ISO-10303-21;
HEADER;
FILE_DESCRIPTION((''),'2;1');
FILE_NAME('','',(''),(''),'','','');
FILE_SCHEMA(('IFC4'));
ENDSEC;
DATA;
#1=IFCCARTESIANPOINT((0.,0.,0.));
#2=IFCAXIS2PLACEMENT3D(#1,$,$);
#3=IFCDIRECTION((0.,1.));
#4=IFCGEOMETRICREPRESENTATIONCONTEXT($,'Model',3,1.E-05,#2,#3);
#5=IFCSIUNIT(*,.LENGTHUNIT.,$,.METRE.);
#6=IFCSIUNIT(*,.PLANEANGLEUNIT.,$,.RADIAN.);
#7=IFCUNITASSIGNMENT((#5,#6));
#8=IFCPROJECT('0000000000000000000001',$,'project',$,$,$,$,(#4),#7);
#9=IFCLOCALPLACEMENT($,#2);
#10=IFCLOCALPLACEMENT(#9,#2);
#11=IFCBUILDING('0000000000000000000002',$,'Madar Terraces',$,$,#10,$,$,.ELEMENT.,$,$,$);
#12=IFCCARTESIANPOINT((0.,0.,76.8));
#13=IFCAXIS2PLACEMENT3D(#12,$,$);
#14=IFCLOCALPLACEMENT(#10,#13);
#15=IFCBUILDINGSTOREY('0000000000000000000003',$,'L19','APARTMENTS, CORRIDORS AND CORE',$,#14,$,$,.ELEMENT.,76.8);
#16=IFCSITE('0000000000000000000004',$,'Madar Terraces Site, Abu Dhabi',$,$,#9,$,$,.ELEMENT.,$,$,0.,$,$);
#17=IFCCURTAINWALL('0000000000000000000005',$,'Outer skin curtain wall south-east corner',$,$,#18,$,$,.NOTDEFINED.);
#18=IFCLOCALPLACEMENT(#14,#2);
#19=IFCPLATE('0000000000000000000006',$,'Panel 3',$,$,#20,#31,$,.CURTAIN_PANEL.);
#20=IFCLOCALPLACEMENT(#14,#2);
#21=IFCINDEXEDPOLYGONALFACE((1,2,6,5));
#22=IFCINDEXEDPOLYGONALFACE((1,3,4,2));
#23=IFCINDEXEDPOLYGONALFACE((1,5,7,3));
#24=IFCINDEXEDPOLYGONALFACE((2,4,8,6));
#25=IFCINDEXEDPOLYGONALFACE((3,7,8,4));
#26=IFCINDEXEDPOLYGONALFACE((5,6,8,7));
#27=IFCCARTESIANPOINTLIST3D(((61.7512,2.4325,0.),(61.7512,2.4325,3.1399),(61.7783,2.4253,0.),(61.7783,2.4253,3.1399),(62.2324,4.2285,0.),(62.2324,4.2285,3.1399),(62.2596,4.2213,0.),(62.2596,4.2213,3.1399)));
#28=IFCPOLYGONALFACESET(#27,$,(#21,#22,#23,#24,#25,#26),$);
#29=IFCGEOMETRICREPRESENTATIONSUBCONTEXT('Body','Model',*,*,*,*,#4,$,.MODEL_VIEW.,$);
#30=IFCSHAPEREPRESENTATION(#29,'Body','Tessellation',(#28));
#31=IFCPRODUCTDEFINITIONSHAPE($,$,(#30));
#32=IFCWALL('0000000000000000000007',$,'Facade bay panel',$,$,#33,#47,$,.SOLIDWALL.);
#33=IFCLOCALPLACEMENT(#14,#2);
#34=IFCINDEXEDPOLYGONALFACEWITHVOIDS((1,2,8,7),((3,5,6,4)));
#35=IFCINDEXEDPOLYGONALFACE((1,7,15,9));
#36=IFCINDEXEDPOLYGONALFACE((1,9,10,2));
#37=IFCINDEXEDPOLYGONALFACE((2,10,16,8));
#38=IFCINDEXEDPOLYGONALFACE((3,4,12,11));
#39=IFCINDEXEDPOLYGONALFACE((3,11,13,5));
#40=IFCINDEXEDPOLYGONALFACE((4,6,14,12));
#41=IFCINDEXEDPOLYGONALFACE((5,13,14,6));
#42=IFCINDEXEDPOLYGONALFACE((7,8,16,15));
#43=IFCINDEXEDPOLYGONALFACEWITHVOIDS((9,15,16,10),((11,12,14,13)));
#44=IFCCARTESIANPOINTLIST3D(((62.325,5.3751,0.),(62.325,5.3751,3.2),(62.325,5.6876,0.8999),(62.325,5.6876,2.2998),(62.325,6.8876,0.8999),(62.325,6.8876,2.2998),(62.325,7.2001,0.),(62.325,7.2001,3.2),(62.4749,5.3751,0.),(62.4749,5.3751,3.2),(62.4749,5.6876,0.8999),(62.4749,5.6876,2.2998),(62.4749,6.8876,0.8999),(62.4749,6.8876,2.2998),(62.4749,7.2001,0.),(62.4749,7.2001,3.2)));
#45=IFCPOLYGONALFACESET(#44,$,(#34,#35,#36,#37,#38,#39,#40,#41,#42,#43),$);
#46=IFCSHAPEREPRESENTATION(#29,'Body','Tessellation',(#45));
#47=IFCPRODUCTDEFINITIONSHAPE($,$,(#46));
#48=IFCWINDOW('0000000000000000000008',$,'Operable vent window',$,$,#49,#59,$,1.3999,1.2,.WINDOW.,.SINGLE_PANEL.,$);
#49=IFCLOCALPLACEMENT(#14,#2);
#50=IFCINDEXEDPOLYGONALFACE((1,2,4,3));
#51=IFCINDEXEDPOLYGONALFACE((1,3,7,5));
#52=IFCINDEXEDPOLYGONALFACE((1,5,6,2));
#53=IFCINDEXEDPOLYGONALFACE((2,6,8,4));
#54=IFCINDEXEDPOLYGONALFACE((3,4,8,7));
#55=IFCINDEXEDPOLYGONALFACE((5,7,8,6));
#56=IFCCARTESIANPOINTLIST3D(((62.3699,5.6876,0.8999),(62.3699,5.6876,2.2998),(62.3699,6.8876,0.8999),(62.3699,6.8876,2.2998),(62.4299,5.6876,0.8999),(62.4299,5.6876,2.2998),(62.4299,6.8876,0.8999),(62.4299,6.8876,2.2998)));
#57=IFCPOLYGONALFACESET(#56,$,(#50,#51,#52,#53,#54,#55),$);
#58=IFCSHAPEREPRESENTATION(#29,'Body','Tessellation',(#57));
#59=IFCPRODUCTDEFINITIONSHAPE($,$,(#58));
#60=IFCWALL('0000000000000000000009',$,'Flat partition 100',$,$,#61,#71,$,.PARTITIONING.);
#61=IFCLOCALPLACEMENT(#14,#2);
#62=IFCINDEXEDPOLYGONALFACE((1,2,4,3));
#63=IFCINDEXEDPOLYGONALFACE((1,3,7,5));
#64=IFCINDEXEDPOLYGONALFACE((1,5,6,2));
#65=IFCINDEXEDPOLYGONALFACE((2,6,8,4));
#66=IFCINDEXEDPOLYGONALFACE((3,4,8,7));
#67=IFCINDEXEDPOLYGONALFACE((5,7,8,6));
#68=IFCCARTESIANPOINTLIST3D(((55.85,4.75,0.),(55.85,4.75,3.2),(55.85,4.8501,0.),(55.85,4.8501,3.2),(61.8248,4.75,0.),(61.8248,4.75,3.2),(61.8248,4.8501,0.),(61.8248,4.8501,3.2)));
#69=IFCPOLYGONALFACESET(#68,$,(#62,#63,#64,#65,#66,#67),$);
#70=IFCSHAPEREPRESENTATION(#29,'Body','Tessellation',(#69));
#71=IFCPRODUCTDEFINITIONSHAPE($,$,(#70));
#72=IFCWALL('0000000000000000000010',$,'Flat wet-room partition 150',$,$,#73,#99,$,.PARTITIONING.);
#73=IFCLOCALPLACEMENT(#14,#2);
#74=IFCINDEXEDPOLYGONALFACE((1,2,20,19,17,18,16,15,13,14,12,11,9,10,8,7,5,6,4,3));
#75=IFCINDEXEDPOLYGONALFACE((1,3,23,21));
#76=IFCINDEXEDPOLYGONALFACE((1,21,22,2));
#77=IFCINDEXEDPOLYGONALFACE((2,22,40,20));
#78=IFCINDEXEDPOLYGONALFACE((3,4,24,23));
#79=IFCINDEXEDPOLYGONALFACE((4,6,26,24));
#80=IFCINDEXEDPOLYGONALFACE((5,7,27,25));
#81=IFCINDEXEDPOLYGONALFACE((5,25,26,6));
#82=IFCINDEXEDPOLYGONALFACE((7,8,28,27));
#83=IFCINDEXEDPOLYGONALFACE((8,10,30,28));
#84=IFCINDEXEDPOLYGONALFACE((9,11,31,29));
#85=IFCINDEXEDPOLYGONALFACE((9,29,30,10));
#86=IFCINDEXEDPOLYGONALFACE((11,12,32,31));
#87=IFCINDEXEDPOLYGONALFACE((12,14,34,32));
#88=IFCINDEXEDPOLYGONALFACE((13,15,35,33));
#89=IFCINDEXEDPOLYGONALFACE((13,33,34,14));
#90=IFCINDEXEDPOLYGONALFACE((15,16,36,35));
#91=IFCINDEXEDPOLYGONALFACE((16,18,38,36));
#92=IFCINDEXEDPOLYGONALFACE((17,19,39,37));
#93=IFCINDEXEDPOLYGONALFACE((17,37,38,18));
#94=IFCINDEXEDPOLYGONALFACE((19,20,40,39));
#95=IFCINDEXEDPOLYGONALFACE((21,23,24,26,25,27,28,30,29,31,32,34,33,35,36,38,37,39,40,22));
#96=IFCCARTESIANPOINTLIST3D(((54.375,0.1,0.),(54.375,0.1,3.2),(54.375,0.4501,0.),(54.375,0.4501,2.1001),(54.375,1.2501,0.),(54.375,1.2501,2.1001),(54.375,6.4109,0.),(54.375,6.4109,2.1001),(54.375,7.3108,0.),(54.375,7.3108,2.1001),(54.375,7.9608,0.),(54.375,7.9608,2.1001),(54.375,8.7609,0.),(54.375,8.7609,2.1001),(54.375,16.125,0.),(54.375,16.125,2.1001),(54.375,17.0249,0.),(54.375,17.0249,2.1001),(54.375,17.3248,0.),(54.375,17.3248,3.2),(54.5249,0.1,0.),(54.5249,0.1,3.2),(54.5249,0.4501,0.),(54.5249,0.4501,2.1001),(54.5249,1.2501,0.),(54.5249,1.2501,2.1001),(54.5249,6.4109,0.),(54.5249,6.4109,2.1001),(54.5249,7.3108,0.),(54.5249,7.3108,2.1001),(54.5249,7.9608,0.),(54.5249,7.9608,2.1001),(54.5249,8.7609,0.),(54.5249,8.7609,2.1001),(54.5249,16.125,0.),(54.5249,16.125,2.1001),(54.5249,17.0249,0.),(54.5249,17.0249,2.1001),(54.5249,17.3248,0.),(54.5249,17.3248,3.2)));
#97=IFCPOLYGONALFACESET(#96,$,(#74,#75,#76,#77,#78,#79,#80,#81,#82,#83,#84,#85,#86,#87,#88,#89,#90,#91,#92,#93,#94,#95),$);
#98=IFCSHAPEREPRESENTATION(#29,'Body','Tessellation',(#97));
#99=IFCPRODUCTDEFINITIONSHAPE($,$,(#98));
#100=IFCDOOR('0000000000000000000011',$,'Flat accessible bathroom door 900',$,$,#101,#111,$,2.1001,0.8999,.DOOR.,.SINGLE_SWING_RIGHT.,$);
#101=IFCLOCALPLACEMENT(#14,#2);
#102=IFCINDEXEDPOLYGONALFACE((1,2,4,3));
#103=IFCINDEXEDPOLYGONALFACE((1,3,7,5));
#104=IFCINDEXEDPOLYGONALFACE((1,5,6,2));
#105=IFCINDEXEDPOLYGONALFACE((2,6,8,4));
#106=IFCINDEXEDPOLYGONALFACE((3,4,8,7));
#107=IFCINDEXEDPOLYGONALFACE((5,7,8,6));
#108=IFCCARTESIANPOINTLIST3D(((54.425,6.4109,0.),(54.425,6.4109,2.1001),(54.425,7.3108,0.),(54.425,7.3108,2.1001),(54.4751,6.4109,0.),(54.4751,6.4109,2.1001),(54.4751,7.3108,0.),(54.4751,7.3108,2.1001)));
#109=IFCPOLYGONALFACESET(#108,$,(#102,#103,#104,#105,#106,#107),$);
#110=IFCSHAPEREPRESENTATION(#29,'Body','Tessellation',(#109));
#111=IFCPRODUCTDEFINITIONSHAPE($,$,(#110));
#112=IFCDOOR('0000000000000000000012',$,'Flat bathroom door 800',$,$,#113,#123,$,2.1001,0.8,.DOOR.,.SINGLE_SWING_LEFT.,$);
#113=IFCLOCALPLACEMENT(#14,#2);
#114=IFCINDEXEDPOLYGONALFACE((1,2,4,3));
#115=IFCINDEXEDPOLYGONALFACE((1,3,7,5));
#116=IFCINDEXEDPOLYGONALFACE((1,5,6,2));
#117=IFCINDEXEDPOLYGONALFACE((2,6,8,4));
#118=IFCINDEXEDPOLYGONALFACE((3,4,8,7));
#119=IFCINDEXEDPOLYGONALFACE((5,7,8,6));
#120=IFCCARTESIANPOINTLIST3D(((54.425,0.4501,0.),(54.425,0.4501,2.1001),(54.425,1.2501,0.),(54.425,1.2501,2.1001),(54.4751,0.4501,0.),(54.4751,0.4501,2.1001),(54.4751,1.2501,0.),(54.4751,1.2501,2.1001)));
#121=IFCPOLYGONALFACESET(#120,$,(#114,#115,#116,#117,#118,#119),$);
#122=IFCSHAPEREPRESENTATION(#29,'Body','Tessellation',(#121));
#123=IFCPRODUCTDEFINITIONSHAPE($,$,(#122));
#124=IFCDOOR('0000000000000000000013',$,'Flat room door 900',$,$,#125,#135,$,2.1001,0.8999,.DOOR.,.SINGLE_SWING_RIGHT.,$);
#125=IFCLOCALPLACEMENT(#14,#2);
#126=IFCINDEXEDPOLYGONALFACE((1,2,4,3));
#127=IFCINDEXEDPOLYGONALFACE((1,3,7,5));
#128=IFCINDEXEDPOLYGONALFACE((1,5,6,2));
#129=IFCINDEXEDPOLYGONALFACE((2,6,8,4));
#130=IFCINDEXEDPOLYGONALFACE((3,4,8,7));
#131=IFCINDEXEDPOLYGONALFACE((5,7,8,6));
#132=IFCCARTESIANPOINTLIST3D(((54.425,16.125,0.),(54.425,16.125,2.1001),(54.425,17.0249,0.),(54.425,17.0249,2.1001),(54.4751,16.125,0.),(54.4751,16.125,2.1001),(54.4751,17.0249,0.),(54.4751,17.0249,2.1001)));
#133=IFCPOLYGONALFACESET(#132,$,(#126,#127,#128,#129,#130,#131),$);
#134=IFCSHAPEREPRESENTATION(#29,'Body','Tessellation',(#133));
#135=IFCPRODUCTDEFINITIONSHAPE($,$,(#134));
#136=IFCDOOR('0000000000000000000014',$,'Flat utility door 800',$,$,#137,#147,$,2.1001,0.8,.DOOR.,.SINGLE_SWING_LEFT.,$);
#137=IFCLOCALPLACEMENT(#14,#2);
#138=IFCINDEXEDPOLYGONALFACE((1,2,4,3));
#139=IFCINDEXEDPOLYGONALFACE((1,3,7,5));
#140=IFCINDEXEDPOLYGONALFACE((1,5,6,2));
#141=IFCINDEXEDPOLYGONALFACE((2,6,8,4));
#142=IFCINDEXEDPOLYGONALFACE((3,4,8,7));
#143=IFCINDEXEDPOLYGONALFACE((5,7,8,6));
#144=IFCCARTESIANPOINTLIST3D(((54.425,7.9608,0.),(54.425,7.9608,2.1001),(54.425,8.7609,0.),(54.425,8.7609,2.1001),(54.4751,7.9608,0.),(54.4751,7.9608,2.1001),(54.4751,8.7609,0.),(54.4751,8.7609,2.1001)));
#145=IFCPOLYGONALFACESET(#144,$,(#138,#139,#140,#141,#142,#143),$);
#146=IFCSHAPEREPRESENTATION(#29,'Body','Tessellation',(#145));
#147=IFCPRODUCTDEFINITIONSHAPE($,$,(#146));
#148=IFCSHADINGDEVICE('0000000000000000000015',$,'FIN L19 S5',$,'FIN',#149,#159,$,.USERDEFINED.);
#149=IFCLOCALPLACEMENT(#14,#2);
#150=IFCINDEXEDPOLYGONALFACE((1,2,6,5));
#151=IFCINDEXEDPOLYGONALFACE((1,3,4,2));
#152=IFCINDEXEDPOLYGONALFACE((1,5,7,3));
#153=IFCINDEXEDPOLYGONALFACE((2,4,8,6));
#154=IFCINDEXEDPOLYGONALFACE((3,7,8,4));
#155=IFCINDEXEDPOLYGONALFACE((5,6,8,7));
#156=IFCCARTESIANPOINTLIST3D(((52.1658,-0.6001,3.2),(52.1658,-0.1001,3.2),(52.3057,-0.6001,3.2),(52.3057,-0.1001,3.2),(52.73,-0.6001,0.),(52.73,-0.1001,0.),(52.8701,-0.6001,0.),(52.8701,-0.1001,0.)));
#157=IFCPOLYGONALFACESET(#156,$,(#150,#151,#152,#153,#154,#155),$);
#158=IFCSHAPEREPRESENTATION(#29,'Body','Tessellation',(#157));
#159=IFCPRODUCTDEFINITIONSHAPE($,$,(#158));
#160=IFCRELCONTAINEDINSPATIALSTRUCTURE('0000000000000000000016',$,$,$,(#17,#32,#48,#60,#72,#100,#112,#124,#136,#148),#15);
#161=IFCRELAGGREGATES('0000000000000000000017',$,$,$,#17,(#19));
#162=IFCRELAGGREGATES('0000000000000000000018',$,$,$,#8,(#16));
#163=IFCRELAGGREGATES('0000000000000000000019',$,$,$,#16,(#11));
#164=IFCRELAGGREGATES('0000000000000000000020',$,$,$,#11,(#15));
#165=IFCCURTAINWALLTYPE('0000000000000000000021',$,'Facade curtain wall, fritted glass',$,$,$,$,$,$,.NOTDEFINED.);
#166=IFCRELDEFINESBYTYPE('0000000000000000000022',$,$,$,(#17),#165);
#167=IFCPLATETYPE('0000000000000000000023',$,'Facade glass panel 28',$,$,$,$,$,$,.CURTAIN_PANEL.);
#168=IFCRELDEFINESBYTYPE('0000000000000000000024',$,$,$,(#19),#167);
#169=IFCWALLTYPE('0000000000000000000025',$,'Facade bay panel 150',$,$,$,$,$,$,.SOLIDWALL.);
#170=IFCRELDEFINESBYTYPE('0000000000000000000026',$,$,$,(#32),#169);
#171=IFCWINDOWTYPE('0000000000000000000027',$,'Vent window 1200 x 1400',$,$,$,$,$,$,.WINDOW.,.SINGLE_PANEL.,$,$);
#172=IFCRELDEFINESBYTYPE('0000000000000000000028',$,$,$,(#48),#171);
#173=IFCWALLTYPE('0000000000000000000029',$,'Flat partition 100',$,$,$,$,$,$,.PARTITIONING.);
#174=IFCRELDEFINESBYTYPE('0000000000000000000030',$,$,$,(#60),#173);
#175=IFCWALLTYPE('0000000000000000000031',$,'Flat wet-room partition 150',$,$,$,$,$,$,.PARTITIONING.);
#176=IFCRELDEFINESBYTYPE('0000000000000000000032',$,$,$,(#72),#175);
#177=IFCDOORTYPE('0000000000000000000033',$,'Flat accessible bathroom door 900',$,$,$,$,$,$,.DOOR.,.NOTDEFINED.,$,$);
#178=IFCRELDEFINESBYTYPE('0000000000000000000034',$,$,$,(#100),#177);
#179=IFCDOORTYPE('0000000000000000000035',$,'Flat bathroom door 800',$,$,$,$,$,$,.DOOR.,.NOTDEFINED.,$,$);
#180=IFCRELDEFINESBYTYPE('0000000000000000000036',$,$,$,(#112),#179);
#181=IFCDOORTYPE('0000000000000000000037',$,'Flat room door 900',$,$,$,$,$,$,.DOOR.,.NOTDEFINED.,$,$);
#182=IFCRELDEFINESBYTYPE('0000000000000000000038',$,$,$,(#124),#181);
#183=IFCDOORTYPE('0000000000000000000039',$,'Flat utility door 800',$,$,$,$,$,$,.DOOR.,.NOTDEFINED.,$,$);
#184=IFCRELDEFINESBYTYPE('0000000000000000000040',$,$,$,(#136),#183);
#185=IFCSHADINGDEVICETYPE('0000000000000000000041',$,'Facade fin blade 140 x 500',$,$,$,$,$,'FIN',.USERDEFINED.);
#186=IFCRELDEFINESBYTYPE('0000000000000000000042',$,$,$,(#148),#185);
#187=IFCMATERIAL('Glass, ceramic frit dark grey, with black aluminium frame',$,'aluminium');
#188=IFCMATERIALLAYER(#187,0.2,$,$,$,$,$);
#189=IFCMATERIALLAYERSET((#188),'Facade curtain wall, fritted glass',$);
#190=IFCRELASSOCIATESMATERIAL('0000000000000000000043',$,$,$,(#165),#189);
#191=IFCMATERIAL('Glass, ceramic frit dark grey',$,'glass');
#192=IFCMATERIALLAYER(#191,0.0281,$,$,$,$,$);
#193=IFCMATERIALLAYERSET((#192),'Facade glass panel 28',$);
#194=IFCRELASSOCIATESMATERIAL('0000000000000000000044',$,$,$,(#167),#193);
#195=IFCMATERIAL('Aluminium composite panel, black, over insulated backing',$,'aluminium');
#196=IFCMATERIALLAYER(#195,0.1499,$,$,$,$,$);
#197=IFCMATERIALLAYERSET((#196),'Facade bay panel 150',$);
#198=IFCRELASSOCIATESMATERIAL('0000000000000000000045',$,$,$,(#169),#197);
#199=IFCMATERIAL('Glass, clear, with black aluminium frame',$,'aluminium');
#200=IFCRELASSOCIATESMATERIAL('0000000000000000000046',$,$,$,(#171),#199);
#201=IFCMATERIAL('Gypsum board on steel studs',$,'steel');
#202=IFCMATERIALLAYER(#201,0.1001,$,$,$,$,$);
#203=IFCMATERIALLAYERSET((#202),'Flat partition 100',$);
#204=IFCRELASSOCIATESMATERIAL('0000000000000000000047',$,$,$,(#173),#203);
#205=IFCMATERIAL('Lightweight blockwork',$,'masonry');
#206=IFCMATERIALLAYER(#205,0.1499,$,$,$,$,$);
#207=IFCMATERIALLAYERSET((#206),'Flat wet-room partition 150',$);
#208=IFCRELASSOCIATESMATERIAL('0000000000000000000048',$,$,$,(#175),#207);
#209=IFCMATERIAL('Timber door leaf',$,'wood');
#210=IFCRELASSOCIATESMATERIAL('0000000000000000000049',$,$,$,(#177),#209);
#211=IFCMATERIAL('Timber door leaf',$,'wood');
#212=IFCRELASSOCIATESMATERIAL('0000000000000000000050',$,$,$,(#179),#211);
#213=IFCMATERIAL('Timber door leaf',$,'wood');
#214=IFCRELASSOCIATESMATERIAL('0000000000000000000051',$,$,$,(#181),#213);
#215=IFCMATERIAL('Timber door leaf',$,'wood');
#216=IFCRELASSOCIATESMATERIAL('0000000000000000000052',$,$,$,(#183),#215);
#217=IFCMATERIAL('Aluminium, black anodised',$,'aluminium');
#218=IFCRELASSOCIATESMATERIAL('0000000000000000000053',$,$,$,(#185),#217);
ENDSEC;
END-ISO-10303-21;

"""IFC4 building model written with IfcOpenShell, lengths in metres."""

from ifc_helpers import new_model, si_unit, direction, frame, frame_2d, origin, origin_2d, place, context, subcontext, project, spatial, polyline, rectangle, outline, extrude, material, layer, layer_set, type_object, element, fill, aggregate, save


model = new_model("IFC4")

# Units and contexts
model_context = context("Model", 3, precision=1e-05, world=origin(), true_north=direction((0.0, 1.0)))
body_context = subcontext(model_context, "Body", "Model", "MODEL_VIEW")
ifc_project = project(units=[si_unit("LENGTHUNIT", "METRE"), si_unit("PLANEANGLEUNIT", "RADIAN")], contexts=[model_context])

# Site, building, storey
site_placement = place(None, origin())
site = spatial("IfcSite", under=ifc_project, at=site_placement, Name="Madar Terraces Site, Abu Dhabi", CompositionType="ELEMENT", RefElevation=0.0)
building_placement = place(site_placement, origin())
building = spatial("IfcBuilding", under=site, at=building_placement, Name="Madar Terraces", CompositionType="ELEMENT")
storey_placement = place(building_placement, frame((0.0, 0.0, 76.8)))
storey = spatial("IfcBuildingStorey", under=building, at=storey_placement, Name="L19", Description="APARTMENTS, CORRIDORS AND CORE", CompositionType="ELEMENT", Elevation=76.8)

# Shared definitions
ifc_material_1 = material(Name="Glass, ceramic frit dark grey, with black aluminium frame", Category="aluminium")
ifc_layer_1 = layer(ifc_material_1, 0.2)
ifc_layer_set_1 = layer_set([ifc_layer_1], Name="Facade curtain wall, fritted glass")
curtain_wall_type = type_object("IfcCurtainWallType", Name="Facade curtain wall, fritted glass", PredefinedType="NOTDEFINED", material=ifc_layer_set_1)

# Curtain wall
curtain_wall_1_placement = place(storey_placement, origin())
curtain_wall_1 = element("IfcCurtainWall", 1, at=curtain_wall_1_placement, inside=storey, type_object=curtain_wall_type, Name="Outer skin curtain wall south-east corner", PredefinedType="NOTDEFINED")

# Plate
ifc_material_2 = material(Name="Glass, ceramic frit dark grey", Category="glass")
ifc_layer_2 = layer(ifc_material_2, 0.0281)
ifc_layer_set_2 = layer_set([ifc_layer_2], Name="Facade glass panel 28")
plate_type = type_object("IfcPlateType", Name="Facade glass panel 28", PredefinedType="CURTAIN_PANEL", material=ifc_layer_set_2)
plate_1_placement = place(storey_placement, frame((62.0054, 3.3269, 0.0), z_axis=(0.0, 0.0, 1.0), x_axis=(0.258819, 0.965926, 0.0)))
plate_1 = element("IfcPlate", 2, at=plate_1_placement, type_object=plate_type, Name="Panel 3", PredefinedType="CURTAIN_PANEL", context=body_context, shape_type="SweptSolid", body=[
    extrude(rectangle(XDim=1.8594, YDim=0.0281, at=origin_2d()), origin(), (0.0, 0.0, 1.0), 3.1399),
])
aggregate(curtain_wall_1, [plate_1])

# Wall, opening, window
ifc_material_3 = material(Name="Aluminium composite panel, black, over insulated backing", Category="aluminium")
ifc_layer_3 = layer(ifc_material_3, 0.1499)
ifc_layer_set_3 = layer_set([ifc_layer_3], Name="Facade bay panel 150")
wall_type_1 = type_object("IfcWallType", Name="Facade bay panel 150", PredefinedType="SOLIDWALL", material=ifc_layer_set_3)
wall_1_placement = place(storey_placement, frame((62.3999, 5.375, 0.0), z_axis=(0.0, 0.0, 1.0), x_axis=(0.0, 1.0, 0.0)))
wall_1 = element("IfcWall", 3, at=wall_1_placement, inside=storey, type_object=wall_type_1, Name="Facade bay panel", PredefinedType="SOLIDWALL", context=body_context, shape_type="SweptSolid", body=[
    extrude(rectangle(XDim=1.825, YDim=0.1499, at=frame_2d((0.9126, 0.0))), origin(), (0.0, 0.0, 1.0), 3.2),
])
opening_1_placement = place(wall_1_placement, frame((0.3125, 0.0, 0.8999)))
opening_1 = element("IfcOpeningElement", 4, at=opening_1_placement, cuts=wall_1, PredefinedType="OPENING", context=body_context, shape_type="SweptSolid", body=[
    extrude(rectangle(XDim=1.2, YDim=1.3999, at=frame_2d((0.6001, 0.7))), frame((0.0, 0.085, 0.0), z_axis=(0.0, -1.0, 0.0), x_axis=(1.0, 0.0, 0.0)), (0.0, 0.0, 1.0), 0.1699),
])
ifc_material_4 = material(Name="Glass, clear, with black aluminium frame", Category="aluminium")
window_type = type_object("IfcWindowType", Name="Vent window 1200 x 1400", PartitioningType="SINGLE_PANEL", PredefinedType="WINDOW", material=ifc_material_4)
window_placement = place(opening_1_placement, origin())
window = element("IfcWindow", 5, at=window_placement, inside=storey, type_object=window_type, Name="Operable vent window", OverallHeight=1.3999, OverallWidth=1.2, PartitioningType="SINGLE_PANEL", PredefinedType="WINDOW", context=body_context, shape_type="SweptSolid", body=[
    extrude(rectangle(XDim=1.2, YDim=1.3999, at=frame_2d((0.6001, 0.7))), frame((0.0, 0.03, 0.0), z_axis=(0.0, -1.0, 0.0), x_axis=(1.0, 0.0, 0.0)), (0.0, 0.0, 1.0), 0.0601),
])
fill(opening_1, window)

# Wall
ifc_material_5 = material(Name="Gypsum board on steel studs", Category="steel")
ifc_layer_4 = layer(ifc_material_5, 0.1001)
ifc_layer_set_4 = layer_set([ifc_layer_4], Name="Flat partition 100")
wall_type_2 = type_object("IfcWallType", Name="Flat partition 100", PredefinedType="PARTITIONING", material=ifc_layer_set_4)
wall_2_placement = place(storey_placement, frame((55.8501, 4.8, 0.0), z_axis=(0.0, 0.0, 1.0), x_axis=(1.0, 0.0, 0.0)))
element("IfcWall", 6, at=wall_2_placement, inside=storey, type_object=wall_type_2, Name="Flat partition 100", PredefinedType="PARTITIONING", context=body_context, shape_type="SweptSolid", body=[
    extrude(rectangle(XDim=5.9749, YDim=0.1001, at=frame_2d((2.9873, 0.0))), origin(), (0.0, 0.0, 1.0), 3.2),
])

# Wall, openings, doors
ifc_material_6 = material(Name="Lightweight blockwork", Category="masonry")
ifc_layer_5 = layer(ifc_material_6, 0.1499)
ifc_layer_set_5 = layer_set([ifc_layer_5], Name="Flat wet-room partition 150")
wall_type_3 = type_object("IfcWallType", Name="Flat wet-room partition 150", PredefinedType="PARTITIONING", material=ifc_layer_set_5)
wall_3_placement = place(storey_placement, frame((54.45, 0.1001, 0.0), z_axis=(0.0, 0.0, 1.0), x_axis=(0.0, 1.0, 0.0)))
wall_3 = element("IfcWall", 7, at=wall_3_placement, inside=storey, type_object=wall_type_3, Name="Flat wet-room partition 150", PredefinedType="PARTITIONING", context=body_context, shape_type="SweptSolid", body=[
    extrude(rectangle(XDim=17.2249, YDim=0.1499, at=frame_2d((8.6123, 0.0))), origin(), (0.0, 0.0, 1.0), 3.2),
])
opening_2_placement = place(wall_3_placement, frame((16.0249, 0.0, 0.0)))
opening_2 = element("IfcOpeningElement", 8, at=opening_2_placement, cuts=wall_3, PredefinedType="OPENING", context=body_context, shape_type="SweptSolid", body=[
    extrude(rectangle(XDim=0.8999, YDim=2.1001, at=frame_2d((0.45, 1.05))), frame((0.0, 0.085, 0.0), z_axis=(0.0, -1.0, 0.0), x_axis=(1.0, 0.0, 0.0)), (0.0, 0.0, 1.0), 0.1699),
])
opening_3_placement = place(wall_3_placement, frame((7.8608, 0.0, 0.0)))
opening_3 = element("IfcOpeningElement", 9, at=opening_3_placement, cuts=wall_3, PredefinedType="OPENING", context=body_context, shape_type="SweptSolid", body=[
    extrude(rectangle(XDim=0.8, YDim=2.1001, at=frame_2d((0.3999, 1.05))), frame((0.0, 0.085, 0.0), z_axis=(0.0, -1.0, 0.0), x_axis=(1.0, 0.0, 0.0)), (0.0, 0.0, 1.0), 0.1699),
])
opening_4_placement = place(wall_3_placement, frame((6.3108, 0.0, 0.0)))
opening_4 = element("IfcOpeningElement", 10, at=opening_4_placement, cuts=wall_3, PredefinedType="OPENING", context=body_context, shape_type="SweptSolid", body=[
    extrude(rectangle(XDim=0.8999, YDim=2.1001, at=frame_2d((0.45, 1.05))), frame((0.0, 0.085, 0.0), z_axis=(0.0, -1.0, 0.0), x_axis=(1.0, 0.0, 0.0)), (0.0, 0.0, 1.0), 0.1699),
])
opening_5_placement = place(wall_3_placement, frame((0.3501, 0.0, 0.0)))
opening_5 = element("IfcOpeningElement", 11, at=opening_5_placement, cuts=wall_3, PredefinedType="OPENING", context=body_context, shape_type="SweptSolid", body=[
    extrude(rectangle(XDim=0.8, YDim=2.1001, at=frame_2d((0.3999, 1.05))), frame((0.0, 0.085, 0.0), z_axis=(0.0, -1.0, 0.0), x_axis=(1.0, 0.0, 0.0)), (0.0, 0.0, 1.0), 0.1699),
])
ifc_material_7 = material(Name="Timber door leaf", Category="wood")
door_type_1 = type_object("IfcDoorType", Name="Flat accessible bathroom door 900", OperationType="NOTDEFINED", PredefinedType="DOOR", material=ifc_material_7)
door_1_placement = place(opening_4_placement, origin())
door_1 = element("IfcDoor", 12, at=door_1_placement, inside=storey, type_object=door_type_1, Name="Flat accessible bathroom door 900", OperationType="SINGLE_SWING_RIGHT", OverallHeight=2.1001, OverallWidth=0.8999, PredefinedType="DOOR", context=body_context, shape_type="SweptSolid", body=[
    extrude(rectangle(XDim=0.8999, YDim=2.1001, at=frame_2d((0.45, 1.05))), frame((0.0, 0.0249, 0.0), z_axis=(0.0, -1.0, 0.0), x_axis=(1.0, 0.0, 0.0)), (0.0, 0.0, 1.0), 0.05),
])
fill(opening_4, door_1)
ifc_material_8 = material(Name="Timber door leaf", Category="wood")
door_type_2 = type_object("IfcDoorType", Name="Flat bathroom door 800", OperationType="NOTDEFINED", PredefinedType="DOOR", material=ifc_material_8)
door_2_placement = place(opening_5_placement, origin())
door_2 = element("IfcDoor", 13, at=door_2_placement, inside=storey, type_object=door_type_2, Name="Flat bathroom door 800", OperationType="SINGLE_SWING_LEFT", OverallHeight=2.1001, OverallWidth=0.8, PredefinedType="DOOR", context=body_context, shape_type="SweptSolid", body=[
    extrude(rectangle(XDim=0.8, YDim=2.1001, at=frame_2d((0.3999, 1.05))), frame((0.0, 0.0249, 0.0), z_axis=(0.0, -1.0, 0.0), x_axis=(1.0, 0.0, 0.0)), (0.0, 0.0, 1.0), 0.05),
])
fill(opening_5, door_2)
ifc_material_9 = material(Name="Timber door leaf", Category="wood")
door_type_3 = type_object("IfcDoorType", Name="Flat room door 900", OperationType="NOTDEFINED", PredefinedType="DOOR", material=ifc_material_9)
door_3_placement = place(opening_2_placement, origin())
door_3 = element("IfcDoor", 14, at=door_3_placement, inside=storey, type_object=door_type_3, Name="Flat room door 900", OperationType="SINGLE_SWING_RIGHT", OverallHeight=2.1001, OverallWidth=0.8999, PredefinedType="DOOR", context=body_context, shape_type="SweptSolid", body=[
    extrude(rectangle(XDim=0.8999, YDim=2.1001, at=frame_2d((0.45, 1.05))), frame((0.0, 0.0249, 0.0), z_axis=(0.0, -1.0, 0.0), x_axis=(1.0, 0.0, 0.0)), (0.0, 0.0, 1.0), 0.05),
])
fill(opening_2, door_3)
ifc_material_10 = material(Name="Timber door leaf", Category="wood")
door_type_4 = type_object("IfcDoorType", Name="Flat utility door 800", OperationType="NOTDEFINED", PredefinedType="DOOR", material=ifc_material_10)
door_4_placement = place(opening_3_placement, origin())
door_4 = element("IfcDoor", 15, at=door_4_placement, inside=storey, type_object=door_type_4, Name="Flat utility door 800", OperationType="SINGLE_SWING_LEFT", OverallHeight=2.1001, OverallWidth=0.8, PredefinedType="DOOR", context=body_context, shape_type="SweptSolid", body=[
    extrude(rectangle(XDim=0.8, YDim=2.1001, at=frame_2d((0.3999, 1.05))), frame((0.0, 0.0249, 0.0), z_axis=(0.0, -1.0, 0.0), x_axis=(1.0, 0.0, 0.0)), (0.0, 0.0, 1.0), 0.05),
])
fill(opening_3, door_4)

# Shading device
ifc_material_11 = material(Name="Aluminium, black anodised", Category="aluminium")
shading_device_type = type_object("IfcShadingDeviceType", Name="Facade fin blade 140 x 500", ElementType="FIN", PredefinedType="USERDEFINED", material=ifc_material_11)
shading_device_1_placement = place(storey_placement, frame((52.73, -0.3501, 0.0), z_axis=(0.0, 0.0, 1.0), x_axis=(1.0, 0.0, 0.0)))
element("IfcShadingDevice", 16, at=shading_device_1_placement, inside=storey, type_object=shading_device_type, Name="FIN L19 S5", ObjectType="FIN", PredefinedType="USERDEFINED", context=body_context, shape_type="SweptSolid", body=[
    extrude(outline(polyline([(0.0, 0.0), (0.1401, 0.0), (-0.4243, 3.2), (-0.5642, 3.2), (0.0, 0.0)])), frame((0.0, 0.25, 0.0), z_axis=(0.0, -1.0, 0.0), x_axis=(1.0, 0.0, 0.0)), (0.0, 0.0, 1.0), 0.5),
])

save(model, "model.ifc")
